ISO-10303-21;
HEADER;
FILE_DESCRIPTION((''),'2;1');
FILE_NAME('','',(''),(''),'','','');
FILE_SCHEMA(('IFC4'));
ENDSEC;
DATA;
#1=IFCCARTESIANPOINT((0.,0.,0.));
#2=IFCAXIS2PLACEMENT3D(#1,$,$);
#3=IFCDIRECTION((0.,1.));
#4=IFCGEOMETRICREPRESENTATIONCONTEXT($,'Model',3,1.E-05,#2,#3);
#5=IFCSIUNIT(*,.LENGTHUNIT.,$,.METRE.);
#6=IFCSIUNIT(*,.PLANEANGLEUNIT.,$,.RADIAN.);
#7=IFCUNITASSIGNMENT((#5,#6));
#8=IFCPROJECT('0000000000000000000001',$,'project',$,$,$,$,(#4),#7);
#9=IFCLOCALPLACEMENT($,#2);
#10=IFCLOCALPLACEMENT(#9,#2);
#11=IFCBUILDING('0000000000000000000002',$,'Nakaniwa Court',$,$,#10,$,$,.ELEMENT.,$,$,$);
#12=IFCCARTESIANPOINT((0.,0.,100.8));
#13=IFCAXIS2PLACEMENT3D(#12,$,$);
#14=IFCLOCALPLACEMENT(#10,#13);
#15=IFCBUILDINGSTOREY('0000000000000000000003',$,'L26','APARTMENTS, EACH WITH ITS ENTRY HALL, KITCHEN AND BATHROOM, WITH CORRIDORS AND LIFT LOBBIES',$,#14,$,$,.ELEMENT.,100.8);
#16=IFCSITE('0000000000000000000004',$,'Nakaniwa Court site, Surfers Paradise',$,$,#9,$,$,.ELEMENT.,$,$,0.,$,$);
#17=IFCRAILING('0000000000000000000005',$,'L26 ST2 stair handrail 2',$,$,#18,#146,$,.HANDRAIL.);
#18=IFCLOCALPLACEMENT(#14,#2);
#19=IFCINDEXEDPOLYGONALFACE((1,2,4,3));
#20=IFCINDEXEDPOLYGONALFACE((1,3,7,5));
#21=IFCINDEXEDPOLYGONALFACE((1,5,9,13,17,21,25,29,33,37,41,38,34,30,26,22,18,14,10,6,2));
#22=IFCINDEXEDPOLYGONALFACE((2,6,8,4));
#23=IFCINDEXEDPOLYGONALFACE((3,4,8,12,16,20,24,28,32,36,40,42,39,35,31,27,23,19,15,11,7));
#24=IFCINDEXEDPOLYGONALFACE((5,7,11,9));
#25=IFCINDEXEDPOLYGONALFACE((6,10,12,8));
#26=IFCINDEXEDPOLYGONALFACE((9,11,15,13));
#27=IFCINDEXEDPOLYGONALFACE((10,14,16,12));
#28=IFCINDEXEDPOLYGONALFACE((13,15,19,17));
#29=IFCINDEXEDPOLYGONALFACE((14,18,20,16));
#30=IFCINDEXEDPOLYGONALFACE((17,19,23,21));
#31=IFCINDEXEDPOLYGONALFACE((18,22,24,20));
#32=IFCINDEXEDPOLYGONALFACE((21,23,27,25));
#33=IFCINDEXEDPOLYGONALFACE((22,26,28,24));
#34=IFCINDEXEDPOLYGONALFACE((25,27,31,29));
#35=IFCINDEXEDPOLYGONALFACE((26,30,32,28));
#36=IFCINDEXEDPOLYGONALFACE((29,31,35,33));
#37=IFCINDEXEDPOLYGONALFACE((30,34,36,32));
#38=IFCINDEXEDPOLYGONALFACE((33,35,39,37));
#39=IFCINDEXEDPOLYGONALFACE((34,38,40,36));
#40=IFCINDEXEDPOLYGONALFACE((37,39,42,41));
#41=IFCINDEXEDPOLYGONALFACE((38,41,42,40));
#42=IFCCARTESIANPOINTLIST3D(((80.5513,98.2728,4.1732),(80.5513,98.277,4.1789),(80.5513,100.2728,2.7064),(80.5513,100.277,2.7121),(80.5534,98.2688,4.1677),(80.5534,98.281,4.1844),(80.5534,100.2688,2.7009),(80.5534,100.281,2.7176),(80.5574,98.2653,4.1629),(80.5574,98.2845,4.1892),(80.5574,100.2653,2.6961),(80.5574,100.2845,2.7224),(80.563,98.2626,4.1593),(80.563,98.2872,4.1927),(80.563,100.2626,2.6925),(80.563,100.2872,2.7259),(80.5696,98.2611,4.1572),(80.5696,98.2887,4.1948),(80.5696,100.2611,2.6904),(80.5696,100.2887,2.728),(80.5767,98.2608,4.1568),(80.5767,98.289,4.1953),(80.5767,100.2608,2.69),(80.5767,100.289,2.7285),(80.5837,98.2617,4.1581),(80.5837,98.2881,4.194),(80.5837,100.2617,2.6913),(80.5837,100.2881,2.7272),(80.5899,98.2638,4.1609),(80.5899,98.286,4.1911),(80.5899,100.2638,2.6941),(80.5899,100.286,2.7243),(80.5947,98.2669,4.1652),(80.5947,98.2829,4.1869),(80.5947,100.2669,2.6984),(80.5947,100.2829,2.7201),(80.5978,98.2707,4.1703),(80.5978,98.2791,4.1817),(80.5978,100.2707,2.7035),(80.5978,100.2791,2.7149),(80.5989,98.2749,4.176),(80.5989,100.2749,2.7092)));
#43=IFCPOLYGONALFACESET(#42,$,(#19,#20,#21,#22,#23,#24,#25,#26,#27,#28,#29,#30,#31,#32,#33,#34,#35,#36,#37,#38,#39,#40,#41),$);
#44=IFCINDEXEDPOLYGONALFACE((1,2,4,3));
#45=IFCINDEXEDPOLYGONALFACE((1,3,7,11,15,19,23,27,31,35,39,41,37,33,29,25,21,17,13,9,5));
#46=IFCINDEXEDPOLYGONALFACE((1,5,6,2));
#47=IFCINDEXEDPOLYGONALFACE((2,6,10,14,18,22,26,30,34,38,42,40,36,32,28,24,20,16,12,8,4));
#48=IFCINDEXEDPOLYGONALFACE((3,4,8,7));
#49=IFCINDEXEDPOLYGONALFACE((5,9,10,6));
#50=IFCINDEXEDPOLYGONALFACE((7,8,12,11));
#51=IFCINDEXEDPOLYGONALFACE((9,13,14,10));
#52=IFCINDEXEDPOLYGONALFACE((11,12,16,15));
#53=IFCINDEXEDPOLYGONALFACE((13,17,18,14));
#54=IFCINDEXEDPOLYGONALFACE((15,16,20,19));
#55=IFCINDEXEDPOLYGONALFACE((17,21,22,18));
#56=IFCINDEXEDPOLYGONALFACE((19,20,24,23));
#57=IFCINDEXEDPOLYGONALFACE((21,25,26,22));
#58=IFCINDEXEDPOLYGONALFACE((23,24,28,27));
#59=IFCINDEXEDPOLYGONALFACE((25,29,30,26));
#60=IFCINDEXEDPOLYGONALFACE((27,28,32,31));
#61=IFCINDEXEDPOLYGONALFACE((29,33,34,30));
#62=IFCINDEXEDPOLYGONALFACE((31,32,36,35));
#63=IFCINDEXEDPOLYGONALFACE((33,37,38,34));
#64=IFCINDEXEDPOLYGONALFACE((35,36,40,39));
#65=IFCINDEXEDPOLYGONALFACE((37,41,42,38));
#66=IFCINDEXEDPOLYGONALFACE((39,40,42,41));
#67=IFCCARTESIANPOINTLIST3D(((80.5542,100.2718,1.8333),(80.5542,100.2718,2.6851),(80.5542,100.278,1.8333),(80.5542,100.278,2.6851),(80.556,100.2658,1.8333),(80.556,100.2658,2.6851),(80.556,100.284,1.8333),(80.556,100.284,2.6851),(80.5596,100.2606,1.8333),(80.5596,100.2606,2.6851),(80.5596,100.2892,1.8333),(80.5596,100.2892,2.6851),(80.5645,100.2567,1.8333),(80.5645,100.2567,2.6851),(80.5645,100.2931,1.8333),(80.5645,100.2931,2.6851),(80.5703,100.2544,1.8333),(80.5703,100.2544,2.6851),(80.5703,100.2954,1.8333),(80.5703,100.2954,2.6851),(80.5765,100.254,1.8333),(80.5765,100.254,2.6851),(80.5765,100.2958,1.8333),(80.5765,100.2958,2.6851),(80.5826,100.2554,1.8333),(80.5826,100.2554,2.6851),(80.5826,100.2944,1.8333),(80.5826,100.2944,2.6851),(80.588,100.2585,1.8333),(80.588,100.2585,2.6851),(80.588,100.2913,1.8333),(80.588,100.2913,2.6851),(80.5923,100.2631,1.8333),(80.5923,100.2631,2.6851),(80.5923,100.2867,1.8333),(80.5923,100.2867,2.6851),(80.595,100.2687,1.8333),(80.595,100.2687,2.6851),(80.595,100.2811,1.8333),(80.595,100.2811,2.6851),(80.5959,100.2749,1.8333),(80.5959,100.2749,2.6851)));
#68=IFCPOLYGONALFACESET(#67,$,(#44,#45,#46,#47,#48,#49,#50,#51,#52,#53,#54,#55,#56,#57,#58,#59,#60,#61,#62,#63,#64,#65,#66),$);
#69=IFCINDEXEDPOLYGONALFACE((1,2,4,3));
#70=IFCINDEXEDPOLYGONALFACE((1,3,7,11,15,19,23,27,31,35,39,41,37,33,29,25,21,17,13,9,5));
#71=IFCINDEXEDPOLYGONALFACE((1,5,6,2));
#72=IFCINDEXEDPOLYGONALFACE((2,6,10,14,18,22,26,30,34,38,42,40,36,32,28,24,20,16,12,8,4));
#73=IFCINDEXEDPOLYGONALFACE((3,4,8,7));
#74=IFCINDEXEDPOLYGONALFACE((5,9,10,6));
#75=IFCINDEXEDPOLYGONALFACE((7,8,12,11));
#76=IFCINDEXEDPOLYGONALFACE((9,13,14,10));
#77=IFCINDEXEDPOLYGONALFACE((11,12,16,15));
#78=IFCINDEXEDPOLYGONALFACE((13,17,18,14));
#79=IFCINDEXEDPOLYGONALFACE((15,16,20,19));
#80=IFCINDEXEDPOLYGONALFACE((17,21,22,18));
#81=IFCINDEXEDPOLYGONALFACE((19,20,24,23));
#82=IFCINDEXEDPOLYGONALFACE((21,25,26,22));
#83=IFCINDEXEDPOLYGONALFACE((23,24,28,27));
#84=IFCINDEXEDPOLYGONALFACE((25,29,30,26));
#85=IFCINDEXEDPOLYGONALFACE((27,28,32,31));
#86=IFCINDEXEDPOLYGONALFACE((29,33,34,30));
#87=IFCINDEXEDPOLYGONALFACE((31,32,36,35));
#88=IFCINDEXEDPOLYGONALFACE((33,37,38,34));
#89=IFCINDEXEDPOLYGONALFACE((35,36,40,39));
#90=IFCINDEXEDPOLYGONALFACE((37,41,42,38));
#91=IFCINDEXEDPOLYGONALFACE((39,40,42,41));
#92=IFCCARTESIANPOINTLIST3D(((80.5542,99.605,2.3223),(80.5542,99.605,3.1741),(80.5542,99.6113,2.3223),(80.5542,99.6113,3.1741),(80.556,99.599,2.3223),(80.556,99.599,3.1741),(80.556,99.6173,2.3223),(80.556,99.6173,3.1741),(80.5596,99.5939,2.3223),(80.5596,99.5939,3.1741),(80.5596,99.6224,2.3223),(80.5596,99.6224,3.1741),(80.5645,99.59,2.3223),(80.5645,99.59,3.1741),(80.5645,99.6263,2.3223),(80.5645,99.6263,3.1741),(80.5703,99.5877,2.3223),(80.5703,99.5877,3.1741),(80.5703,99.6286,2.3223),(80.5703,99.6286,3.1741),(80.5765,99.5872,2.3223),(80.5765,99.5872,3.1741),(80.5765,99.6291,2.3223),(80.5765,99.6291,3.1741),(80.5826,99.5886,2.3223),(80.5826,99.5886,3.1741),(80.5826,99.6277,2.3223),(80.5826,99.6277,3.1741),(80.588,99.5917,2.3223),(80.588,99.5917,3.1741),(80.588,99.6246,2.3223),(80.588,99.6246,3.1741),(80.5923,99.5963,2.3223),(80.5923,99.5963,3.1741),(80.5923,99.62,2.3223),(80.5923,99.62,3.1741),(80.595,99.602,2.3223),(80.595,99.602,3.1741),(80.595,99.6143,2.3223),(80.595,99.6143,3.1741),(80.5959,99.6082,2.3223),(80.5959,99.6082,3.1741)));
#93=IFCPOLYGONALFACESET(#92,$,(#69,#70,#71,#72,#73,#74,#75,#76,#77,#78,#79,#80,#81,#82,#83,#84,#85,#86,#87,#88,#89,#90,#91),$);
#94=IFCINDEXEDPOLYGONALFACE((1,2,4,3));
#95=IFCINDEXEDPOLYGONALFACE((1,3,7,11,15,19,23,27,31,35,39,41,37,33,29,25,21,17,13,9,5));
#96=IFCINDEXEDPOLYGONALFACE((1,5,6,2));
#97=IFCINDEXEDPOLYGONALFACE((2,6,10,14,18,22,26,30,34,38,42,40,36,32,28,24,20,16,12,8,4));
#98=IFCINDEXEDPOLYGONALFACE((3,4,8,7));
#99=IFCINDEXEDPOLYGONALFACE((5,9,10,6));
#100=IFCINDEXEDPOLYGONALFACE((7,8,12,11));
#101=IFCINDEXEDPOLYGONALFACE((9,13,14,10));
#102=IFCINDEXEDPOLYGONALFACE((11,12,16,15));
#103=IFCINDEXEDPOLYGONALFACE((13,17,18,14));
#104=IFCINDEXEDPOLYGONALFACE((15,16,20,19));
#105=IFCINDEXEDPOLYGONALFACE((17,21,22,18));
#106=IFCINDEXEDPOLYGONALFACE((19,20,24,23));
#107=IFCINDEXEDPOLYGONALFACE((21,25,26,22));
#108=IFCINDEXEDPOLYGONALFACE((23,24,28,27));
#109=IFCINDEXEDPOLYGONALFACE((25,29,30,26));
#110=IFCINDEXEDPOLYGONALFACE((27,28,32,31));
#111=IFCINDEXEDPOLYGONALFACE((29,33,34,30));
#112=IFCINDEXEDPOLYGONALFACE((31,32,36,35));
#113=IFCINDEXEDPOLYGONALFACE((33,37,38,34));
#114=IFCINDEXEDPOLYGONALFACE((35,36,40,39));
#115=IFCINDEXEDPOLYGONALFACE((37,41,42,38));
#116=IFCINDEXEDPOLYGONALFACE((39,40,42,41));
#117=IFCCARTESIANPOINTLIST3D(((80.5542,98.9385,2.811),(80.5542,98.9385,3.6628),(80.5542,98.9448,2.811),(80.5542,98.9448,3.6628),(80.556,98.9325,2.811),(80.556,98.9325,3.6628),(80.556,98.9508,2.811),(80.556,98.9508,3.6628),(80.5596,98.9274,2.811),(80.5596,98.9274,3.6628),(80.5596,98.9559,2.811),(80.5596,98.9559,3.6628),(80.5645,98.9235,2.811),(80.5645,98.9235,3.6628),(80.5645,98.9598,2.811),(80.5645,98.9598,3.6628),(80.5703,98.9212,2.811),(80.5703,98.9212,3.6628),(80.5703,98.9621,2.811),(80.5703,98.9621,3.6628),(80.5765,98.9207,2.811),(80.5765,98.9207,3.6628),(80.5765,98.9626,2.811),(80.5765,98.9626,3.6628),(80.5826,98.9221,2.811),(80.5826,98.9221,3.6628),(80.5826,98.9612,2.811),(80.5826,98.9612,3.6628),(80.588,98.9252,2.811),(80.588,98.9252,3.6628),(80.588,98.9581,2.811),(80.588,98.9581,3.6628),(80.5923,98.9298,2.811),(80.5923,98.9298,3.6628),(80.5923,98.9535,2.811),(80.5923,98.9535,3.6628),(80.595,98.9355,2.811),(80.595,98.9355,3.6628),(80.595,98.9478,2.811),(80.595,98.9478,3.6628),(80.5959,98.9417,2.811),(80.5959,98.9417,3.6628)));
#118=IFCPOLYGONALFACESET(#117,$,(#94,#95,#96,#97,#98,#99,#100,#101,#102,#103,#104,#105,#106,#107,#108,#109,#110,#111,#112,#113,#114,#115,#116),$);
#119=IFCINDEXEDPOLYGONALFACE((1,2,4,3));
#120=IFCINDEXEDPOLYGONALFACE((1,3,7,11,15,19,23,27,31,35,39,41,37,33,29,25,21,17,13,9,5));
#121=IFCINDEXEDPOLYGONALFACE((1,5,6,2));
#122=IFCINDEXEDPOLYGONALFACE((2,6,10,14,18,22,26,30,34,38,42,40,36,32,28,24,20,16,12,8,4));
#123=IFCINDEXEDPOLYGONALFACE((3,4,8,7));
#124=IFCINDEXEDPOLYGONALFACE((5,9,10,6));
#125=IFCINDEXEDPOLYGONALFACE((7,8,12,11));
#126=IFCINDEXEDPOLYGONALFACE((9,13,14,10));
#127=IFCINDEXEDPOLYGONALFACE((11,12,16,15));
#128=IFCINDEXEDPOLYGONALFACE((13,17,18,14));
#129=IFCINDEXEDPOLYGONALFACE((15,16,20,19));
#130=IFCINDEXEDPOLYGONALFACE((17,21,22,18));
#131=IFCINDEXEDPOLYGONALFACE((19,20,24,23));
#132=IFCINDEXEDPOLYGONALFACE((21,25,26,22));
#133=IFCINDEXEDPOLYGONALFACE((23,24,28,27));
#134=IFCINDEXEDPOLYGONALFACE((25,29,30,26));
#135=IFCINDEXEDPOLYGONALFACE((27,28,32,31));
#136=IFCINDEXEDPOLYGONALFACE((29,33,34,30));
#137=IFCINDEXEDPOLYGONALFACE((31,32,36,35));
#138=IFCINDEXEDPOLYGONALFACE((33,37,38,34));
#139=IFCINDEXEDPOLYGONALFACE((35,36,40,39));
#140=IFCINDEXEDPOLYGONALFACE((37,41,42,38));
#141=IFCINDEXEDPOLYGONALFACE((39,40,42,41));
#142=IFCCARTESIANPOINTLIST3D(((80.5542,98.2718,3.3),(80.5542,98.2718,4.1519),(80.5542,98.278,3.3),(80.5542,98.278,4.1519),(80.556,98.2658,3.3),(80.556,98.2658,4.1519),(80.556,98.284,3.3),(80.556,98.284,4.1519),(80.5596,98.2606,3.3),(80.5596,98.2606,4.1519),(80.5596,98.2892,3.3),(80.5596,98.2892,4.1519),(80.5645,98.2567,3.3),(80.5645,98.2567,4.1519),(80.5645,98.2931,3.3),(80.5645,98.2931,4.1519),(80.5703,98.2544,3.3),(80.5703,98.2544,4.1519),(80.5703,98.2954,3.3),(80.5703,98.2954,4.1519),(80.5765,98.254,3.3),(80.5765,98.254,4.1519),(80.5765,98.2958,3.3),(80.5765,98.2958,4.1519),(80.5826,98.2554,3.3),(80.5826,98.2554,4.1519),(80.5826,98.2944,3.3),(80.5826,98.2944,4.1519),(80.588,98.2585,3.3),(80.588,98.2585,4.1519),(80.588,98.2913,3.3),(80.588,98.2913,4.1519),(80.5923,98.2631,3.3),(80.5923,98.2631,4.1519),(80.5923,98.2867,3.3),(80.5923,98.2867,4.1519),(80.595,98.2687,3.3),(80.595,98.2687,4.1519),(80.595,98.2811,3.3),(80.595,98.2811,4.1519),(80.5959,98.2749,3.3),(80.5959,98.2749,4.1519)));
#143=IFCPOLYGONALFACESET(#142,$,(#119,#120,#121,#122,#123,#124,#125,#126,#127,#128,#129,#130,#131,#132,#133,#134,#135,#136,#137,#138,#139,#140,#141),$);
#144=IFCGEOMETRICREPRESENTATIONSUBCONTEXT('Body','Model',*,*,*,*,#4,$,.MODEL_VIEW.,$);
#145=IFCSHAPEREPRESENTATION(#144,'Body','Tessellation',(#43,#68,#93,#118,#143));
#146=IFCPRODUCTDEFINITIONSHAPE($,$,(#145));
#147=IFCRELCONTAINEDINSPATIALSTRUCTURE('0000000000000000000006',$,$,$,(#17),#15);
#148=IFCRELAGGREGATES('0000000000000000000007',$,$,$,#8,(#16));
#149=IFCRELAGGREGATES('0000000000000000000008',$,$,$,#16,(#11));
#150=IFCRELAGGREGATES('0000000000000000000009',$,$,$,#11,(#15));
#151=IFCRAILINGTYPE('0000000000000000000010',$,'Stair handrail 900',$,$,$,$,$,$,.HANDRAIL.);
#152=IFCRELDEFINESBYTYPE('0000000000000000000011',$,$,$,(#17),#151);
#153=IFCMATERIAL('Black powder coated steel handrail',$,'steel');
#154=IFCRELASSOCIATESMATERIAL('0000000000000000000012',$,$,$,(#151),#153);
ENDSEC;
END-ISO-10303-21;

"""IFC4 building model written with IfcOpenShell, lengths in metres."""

from ifc_helpers import new_model, si_unit, direction, frame, origin, origin_2d, place, context, subcontext, project, spatial, circle, extrude, material, type_object, element, save


model = new_model("IFC4")

# Units and contexts
model_context = context("Model", 3, precision=1e-05, world=origin(), true_north=direction((0.0, 1.0)))
body_context = subcontext(model_context, "Body", "Model", "MODEL_VIEW")
ifc_project = project(units=[si_unit("LENGTHUNIT", "METRE"), si_unit("PLANEANGLEUNIT", "RADIAN")], contexts=[model_context])

# Site, building, storey
site_placement = place(None, origin())
site = spatial("IfcSite", under=ifc_project, at=site_placement, Name="Nakaniwa Court site, Surfers Paradise", CompositionType="ELEMENT", RefElevation=0.0)
building_placement = place(site_placement, origin())
building = spatial("IfcBuilding", under=site, at=building_placement, Name="Nakaniwa Court", CompositionType="ELEMENT")
storey_placement = place(building_placement, frame((0.0, 0.0, 100.8)))
storey = spatial("IfcBuildingStorey", under=building, at=storey_placement, Name="L26", Description="APARTMENTS, EACH WITH ITS ENTRY HALL, KITCHEN AND BATHROOM, WITH CORRIDORS AND LIFT LOBBIES", CompositionType="ELEMENT", Elevation=100.8)

# Railing
ifc_material_1 = material(Name="Black powder coated steel handrail", Category="steel")
railing_type_1 = type_object("IfcRailingType", Name="Stair handrail 900", PredefinedType="HANDRAIL", material=ifc_material_1)
railing_1_placement = place(storey_placement, frame((80.575, 100.2749, 1.8333)))
element("IfcRailing", 1, at=railing_1_placement, inside=storey, type_object=railing_type_1, Name="L26 ST2 stair handrail 2", PredefinedType="HANDRAIL", context=body_context, shape_type="SweptSolid", body=[
    extrude(circle(Radius=0.0239, at=origin_2d()), frame((0.0, 0.0, 0.876), z_axis=(0.0, -0.80638, 0.591398), x_axis=(1.0, 0.0, 0.0)), (0.0, 0.0, 1.0), 2.4802),
    extrude(circle(Radius=0.021, at=origin_2d()), origin(), (0.0, 0.0, 1.0), 0.8518),
    extrude(circle(Radius=0.021, at=origin_2d()), frame((0.0, -0.6667, 0.489)), (0.0, 0.0, 1.0), 0.8518),
    extrude(circle(Radius=0.021, at=origin_2d()), frame((0.0, -1.3333, 0.9778)), (0.0, 0.0, 1.0), 0.8518),
    extrude(circle(Radius=0.021, at=origin_2d()), frame((0.0, -2.0, 1.4668)), (0.0, 0.0, 1.0), 0.8518),
])

save(model, "model.ifc")
